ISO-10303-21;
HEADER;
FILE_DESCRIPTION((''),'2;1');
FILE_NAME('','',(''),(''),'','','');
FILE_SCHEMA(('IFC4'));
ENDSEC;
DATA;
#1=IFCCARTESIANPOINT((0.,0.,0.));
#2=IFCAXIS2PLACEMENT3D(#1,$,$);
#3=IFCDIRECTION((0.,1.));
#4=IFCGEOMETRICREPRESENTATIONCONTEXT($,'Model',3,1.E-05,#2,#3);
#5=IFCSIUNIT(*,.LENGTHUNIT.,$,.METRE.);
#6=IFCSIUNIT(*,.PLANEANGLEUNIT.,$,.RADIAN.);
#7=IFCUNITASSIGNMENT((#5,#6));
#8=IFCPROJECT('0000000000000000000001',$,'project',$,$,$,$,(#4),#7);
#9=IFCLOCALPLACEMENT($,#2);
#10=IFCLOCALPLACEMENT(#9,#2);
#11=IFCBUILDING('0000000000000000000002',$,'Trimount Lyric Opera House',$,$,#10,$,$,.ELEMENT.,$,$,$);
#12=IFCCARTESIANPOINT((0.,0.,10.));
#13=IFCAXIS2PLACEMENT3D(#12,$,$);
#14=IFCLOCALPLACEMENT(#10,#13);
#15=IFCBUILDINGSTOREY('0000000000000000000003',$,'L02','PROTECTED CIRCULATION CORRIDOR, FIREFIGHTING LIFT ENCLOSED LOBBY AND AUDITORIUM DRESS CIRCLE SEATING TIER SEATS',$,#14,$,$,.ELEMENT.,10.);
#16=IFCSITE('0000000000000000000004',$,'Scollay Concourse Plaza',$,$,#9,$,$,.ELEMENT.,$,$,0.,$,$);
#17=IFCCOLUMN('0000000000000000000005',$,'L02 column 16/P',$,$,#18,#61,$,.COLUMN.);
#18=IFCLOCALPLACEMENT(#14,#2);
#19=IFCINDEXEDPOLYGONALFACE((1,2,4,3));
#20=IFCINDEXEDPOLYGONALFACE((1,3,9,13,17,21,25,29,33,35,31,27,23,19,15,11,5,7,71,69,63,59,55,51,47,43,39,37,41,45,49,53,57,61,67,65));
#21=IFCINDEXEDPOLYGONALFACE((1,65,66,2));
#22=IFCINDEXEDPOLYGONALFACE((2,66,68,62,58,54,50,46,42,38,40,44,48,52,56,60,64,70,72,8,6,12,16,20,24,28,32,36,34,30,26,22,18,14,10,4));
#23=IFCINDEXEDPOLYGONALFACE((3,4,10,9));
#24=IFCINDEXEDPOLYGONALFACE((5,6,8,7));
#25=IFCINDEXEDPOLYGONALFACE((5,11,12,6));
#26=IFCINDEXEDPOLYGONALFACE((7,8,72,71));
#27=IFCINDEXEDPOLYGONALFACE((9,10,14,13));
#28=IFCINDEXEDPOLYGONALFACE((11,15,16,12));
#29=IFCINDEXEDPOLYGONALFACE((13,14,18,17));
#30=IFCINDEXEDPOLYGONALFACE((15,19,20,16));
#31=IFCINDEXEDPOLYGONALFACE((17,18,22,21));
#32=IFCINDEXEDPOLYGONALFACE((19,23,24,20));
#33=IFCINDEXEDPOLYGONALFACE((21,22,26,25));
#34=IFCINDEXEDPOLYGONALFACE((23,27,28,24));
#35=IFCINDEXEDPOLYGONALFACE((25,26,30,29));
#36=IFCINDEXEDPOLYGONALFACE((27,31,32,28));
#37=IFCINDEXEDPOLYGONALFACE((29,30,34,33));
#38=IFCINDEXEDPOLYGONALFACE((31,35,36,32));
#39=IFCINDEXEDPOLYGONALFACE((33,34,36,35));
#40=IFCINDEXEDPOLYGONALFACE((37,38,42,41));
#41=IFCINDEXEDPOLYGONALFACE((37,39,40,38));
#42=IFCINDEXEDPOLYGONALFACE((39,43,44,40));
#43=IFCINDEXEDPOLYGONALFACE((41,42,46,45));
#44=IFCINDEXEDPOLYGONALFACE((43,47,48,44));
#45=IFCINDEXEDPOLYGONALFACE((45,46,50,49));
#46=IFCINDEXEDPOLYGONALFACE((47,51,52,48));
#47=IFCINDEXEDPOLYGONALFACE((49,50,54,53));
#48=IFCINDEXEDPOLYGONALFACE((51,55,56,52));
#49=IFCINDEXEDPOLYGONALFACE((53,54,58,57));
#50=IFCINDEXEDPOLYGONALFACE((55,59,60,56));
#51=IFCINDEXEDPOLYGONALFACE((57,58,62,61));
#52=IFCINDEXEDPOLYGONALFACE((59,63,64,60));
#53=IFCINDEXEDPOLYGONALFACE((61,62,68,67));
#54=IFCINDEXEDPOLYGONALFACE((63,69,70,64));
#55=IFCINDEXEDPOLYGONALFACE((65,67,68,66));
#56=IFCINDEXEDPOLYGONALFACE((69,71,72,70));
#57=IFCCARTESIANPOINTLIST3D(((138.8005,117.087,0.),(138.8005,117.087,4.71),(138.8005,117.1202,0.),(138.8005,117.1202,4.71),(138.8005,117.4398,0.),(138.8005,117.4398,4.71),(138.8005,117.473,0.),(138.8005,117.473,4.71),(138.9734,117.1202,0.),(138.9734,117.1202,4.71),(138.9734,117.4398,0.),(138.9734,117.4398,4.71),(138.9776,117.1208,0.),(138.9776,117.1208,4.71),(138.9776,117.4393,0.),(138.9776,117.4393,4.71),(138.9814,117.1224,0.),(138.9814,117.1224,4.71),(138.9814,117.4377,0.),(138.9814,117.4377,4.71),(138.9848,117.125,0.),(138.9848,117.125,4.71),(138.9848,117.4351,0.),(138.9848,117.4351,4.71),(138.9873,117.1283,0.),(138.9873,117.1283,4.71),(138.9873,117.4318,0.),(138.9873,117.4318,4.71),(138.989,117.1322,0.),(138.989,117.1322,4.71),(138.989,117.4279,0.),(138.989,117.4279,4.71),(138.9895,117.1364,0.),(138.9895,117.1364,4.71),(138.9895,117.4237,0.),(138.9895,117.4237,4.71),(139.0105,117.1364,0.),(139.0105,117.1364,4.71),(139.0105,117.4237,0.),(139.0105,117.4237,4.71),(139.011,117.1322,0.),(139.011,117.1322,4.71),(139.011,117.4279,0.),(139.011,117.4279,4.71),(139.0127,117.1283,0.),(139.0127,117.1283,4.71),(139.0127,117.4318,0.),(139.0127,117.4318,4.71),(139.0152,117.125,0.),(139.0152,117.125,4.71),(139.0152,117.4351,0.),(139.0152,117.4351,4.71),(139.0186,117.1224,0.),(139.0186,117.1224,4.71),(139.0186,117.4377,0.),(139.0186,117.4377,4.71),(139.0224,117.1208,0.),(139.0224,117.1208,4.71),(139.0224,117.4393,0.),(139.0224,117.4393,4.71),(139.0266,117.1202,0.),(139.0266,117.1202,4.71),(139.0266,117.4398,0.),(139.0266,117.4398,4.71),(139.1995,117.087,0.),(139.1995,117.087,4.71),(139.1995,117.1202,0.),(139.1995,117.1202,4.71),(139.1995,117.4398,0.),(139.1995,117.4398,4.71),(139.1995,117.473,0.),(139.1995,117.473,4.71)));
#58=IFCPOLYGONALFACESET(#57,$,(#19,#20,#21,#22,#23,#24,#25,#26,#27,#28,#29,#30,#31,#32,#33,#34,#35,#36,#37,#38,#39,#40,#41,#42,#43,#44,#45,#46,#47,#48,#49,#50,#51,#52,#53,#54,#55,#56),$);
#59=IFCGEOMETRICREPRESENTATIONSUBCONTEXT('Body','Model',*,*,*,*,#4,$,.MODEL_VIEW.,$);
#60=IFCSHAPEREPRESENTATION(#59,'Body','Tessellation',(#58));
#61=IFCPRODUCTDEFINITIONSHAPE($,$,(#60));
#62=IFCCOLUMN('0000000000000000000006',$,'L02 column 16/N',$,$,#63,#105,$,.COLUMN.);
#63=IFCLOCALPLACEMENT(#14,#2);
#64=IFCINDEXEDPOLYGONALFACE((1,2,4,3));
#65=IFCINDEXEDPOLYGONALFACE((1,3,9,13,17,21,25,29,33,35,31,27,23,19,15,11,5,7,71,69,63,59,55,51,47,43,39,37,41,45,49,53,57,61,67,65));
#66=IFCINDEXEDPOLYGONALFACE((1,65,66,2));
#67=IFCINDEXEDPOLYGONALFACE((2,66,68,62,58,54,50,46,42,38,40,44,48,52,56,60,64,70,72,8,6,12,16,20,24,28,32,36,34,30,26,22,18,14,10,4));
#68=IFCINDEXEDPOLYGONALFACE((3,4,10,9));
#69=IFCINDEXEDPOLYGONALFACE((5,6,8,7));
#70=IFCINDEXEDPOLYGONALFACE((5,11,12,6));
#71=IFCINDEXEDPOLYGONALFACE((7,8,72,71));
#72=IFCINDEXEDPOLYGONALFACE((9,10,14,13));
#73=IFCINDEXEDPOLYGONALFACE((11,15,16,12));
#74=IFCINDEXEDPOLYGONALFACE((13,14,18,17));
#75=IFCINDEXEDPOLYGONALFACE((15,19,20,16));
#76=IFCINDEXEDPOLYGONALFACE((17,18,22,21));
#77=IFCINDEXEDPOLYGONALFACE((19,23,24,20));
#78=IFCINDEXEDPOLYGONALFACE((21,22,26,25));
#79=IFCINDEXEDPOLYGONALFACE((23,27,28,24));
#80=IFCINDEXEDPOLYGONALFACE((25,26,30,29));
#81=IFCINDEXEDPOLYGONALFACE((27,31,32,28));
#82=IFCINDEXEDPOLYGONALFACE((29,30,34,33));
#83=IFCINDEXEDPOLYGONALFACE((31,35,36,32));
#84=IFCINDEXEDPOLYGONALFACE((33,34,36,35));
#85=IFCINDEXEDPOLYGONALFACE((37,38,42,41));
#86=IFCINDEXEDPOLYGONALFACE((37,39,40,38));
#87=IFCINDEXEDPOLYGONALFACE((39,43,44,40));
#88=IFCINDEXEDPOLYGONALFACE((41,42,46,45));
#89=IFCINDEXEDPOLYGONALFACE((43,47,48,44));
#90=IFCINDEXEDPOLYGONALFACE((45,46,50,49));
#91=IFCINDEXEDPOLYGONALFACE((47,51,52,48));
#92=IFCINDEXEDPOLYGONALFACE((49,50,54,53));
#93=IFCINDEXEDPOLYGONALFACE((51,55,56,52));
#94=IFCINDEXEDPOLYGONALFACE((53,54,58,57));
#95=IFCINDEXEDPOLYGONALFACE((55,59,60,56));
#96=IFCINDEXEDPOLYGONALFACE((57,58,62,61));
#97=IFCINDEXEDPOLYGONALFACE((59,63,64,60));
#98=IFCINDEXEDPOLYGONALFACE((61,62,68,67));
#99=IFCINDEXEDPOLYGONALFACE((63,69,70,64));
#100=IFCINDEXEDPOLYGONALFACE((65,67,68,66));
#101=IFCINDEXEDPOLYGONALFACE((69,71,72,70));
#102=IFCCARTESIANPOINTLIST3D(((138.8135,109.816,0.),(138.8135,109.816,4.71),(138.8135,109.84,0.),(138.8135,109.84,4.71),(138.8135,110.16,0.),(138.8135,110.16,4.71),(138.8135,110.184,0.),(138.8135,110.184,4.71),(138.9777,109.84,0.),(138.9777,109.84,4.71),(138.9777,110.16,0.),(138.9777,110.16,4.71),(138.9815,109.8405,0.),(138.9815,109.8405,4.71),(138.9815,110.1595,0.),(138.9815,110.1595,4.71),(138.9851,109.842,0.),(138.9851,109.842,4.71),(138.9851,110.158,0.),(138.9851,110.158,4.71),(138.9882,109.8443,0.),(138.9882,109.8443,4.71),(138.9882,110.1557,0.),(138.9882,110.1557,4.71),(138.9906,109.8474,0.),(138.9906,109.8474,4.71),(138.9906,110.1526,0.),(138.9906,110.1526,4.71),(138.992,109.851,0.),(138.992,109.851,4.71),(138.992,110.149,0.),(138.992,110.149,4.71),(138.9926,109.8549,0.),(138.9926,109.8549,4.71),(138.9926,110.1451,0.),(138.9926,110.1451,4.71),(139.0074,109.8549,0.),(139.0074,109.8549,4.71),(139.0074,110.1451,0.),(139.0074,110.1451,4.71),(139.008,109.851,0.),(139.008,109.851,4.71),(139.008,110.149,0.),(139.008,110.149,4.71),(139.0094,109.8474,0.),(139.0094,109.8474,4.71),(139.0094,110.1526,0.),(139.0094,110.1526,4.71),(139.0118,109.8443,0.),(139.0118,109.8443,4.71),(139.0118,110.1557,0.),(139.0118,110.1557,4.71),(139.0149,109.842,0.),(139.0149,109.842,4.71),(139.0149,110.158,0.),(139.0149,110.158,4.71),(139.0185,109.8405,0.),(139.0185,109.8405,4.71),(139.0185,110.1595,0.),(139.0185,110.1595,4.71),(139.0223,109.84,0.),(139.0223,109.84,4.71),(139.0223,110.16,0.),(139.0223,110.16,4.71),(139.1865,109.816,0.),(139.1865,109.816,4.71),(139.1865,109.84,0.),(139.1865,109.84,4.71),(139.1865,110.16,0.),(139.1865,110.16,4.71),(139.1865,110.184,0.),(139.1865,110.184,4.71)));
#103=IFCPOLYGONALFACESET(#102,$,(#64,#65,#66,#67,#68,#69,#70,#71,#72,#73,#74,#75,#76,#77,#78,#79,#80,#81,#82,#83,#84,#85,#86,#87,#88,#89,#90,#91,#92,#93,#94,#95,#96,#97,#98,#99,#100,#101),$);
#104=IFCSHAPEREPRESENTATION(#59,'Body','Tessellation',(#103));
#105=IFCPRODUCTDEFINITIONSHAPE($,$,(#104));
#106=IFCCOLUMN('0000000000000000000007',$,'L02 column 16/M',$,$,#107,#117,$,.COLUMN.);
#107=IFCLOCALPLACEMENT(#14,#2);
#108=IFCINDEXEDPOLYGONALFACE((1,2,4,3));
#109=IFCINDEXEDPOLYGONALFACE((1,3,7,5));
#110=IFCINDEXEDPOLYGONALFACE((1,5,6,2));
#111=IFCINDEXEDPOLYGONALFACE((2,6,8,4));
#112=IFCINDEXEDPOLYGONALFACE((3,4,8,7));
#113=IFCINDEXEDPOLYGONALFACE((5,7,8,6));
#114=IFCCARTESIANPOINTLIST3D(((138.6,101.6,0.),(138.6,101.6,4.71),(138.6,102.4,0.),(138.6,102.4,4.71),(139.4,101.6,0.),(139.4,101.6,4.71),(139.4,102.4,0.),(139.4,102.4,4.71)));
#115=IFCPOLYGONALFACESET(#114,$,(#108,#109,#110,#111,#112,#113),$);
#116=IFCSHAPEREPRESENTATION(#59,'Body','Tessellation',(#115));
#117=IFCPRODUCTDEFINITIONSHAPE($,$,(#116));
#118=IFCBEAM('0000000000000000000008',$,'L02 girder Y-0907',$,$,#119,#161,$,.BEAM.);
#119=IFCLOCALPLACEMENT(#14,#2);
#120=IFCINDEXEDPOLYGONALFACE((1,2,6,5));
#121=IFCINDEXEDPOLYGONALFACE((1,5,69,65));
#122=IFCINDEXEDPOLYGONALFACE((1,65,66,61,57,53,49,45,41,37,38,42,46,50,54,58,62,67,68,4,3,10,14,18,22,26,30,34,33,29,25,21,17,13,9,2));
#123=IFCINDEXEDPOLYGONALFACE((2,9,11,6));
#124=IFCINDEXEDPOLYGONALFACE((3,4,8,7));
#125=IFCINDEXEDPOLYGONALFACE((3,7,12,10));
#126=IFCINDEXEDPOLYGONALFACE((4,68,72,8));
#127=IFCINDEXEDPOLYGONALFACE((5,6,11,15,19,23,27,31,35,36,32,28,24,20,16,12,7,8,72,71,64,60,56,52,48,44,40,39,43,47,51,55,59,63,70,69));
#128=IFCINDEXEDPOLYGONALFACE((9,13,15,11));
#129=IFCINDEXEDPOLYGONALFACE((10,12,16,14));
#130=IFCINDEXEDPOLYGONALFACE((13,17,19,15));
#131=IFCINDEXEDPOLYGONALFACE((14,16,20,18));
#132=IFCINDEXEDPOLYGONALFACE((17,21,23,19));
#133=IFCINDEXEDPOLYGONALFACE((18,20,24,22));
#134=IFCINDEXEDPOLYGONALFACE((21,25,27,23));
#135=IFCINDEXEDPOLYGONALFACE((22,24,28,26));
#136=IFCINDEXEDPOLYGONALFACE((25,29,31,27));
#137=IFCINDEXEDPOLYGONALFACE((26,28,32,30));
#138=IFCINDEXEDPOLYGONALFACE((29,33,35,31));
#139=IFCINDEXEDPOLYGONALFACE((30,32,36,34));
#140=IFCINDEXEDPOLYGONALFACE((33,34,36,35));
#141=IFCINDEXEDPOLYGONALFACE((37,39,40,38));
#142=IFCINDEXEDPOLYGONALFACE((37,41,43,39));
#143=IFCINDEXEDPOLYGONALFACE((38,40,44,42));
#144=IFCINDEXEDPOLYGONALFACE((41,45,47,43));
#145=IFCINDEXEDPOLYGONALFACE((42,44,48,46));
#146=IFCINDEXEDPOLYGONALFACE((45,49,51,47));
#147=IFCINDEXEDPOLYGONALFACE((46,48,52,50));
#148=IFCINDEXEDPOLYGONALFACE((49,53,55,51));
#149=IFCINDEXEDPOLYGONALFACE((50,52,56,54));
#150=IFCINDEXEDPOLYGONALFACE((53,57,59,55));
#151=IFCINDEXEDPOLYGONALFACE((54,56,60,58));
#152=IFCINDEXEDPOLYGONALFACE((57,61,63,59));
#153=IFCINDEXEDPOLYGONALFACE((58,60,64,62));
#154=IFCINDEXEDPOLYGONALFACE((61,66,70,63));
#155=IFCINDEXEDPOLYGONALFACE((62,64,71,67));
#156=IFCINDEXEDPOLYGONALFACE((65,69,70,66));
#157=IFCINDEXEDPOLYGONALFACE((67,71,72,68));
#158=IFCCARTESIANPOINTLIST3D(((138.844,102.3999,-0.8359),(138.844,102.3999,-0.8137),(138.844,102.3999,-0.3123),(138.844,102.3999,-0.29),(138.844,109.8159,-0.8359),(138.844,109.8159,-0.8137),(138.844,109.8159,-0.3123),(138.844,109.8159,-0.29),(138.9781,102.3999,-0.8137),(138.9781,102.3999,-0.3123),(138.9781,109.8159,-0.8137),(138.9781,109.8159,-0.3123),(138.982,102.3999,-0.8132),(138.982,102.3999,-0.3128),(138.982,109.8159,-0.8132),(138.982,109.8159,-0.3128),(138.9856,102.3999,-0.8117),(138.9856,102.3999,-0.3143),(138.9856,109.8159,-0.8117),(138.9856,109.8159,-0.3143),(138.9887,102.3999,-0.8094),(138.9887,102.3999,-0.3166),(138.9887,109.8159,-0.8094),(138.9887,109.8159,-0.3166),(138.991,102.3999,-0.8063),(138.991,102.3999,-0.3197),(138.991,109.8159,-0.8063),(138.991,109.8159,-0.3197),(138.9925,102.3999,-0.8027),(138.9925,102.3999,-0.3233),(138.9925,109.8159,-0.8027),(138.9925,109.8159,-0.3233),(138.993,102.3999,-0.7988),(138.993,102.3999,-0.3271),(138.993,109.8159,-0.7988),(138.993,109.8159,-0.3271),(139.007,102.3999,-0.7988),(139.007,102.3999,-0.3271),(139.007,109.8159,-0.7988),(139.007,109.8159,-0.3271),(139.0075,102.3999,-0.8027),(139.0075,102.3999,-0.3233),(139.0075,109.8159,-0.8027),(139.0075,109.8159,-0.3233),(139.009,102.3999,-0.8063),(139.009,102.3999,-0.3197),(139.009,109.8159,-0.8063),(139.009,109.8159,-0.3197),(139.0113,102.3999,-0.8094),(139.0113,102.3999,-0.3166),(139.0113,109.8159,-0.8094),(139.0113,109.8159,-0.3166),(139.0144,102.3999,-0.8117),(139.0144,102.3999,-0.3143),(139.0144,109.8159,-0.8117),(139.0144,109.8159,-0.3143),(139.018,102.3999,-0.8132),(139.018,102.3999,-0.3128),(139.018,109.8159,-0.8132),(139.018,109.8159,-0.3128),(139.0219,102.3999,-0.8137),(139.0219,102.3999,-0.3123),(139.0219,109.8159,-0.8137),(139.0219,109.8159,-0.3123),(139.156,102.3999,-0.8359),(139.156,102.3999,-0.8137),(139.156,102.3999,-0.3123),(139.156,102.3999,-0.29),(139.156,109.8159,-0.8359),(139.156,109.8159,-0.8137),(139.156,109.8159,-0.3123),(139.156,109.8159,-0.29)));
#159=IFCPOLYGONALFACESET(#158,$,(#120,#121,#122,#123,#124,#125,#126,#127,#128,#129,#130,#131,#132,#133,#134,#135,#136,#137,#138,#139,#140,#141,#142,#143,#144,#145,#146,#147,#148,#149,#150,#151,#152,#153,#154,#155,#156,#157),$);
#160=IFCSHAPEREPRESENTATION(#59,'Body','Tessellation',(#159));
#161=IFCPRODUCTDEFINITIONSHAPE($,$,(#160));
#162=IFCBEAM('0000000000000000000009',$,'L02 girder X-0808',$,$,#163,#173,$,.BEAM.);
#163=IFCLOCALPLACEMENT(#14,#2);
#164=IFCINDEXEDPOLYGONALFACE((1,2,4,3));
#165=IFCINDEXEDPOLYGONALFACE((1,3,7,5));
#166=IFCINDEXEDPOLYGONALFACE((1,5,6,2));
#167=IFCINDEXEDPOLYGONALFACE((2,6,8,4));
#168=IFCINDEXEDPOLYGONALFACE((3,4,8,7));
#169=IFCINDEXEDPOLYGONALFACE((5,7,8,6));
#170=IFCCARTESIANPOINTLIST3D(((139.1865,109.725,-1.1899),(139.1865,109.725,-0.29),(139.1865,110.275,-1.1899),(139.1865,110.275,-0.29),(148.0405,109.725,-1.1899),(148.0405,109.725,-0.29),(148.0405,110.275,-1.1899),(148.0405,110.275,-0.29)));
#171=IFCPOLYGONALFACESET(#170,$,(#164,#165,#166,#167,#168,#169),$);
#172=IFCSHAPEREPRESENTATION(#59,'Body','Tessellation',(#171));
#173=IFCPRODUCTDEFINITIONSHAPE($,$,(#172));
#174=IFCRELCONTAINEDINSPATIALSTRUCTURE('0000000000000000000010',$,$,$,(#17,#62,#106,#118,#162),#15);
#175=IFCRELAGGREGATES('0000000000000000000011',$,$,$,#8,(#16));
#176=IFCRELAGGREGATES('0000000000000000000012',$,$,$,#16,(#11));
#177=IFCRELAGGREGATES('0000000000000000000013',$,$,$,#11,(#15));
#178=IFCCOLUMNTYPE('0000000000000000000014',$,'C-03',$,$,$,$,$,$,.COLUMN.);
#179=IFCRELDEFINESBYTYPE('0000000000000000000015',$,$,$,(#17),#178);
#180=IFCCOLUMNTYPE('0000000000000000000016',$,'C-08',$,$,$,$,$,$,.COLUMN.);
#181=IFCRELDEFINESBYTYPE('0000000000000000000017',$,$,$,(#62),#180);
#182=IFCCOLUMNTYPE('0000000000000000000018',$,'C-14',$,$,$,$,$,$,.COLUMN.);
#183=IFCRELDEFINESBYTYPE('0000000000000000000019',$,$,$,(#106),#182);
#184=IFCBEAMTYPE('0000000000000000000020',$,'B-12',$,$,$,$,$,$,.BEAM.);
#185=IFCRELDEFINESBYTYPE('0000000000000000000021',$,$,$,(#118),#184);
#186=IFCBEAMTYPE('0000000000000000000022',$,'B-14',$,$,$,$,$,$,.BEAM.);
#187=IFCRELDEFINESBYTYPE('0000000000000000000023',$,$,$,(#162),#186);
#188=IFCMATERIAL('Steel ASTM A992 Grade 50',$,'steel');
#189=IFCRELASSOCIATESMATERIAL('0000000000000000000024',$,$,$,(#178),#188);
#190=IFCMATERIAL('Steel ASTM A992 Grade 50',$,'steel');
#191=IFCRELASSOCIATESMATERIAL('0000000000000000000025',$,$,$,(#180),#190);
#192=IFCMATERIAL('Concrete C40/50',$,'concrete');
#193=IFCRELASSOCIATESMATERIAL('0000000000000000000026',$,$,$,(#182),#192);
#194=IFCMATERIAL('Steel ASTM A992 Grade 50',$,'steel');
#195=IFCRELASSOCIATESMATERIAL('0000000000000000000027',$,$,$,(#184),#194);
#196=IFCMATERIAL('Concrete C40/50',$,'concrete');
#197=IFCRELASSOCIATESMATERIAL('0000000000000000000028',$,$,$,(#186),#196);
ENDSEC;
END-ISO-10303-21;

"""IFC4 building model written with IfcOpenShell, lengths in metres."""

from ifc_helpers import new_model, si_unit, direction, frame, origin, origin_2d, place, context, subcontext, project, spatial, rectangle, i_section, extrude, material, material_profile, profile_set, type_object, element, save


model = new_model("IFC4")

# Units and contexts
model_context = context("Model", 3, precision=1e-05, world=origin(), true_north=direction((0.0, 1.0)))
body_context = subcontext(model_context, "Body", "Model", "MODEL_VIEW")
ifc_project = project(units=[si_unit("LENGTHUNIT", "METRE"), si_unit("PLANEANGLEUNIT", "RADIAN")], contexts=[model_context])

# Site, building, storey
site_placement = place(None, origin())
site = spatial("IfcSite", under=ifc_project, at=site_placement, Name="Scollay Concourse Plaza", CompositionType="ELEMENT", RefElevation=0.0)
building_placement = place(site_placement, origin())
building = spatial("IfcBuilding", under=site, at=building_placement, Name="Trimount Lyric Opera House", CompositionType="ELEMENT")
storey_placement = place(building_placement, frame((0.0, 0.0, 10.0)))
storey = spatial("IfcBuildingStorey", under=building, at=storey_placement, Name="L02", Description="PROTECTED CIRCULATION CORRIDOR, FIREFIGHTING LIFT ENCLOSED LOBBY AND AUDITORIUM DRESS CIRCLE SEATING TIER SEATS", CompositionType="ELEMENT", Elevation=10.0)

# Columns
ifc_material_1 = material(Name="Steel ASTM A992 Grade 50", Category="steel")
ifc_material_profile_1 = material_profile(ifc_material_1, i_section(OverallWidth=0.3989, OverallDepth=0.386, WebThickness=0.021, FlangeThickness=0.0332, FilletRadius=0.0161, at=origin_2d()), Name="W14X176")
ifc_profile_set_1 = profile_set([ifc_material_profile_1], Name="Steel ASTM A992 Grade 50")
column_type_1 = type_object("IfcColumnType", Name="C-03", PredefinedType="COLUMN", material=ifc_profile_set_1)
column_1_placement = place(storey_placement, frame((139.0, 117.28, 0.0), z_axis=(0.0, 0.0, 1.0), x_axis=(1.0, 0.0, 0.0)))
element("IfcColumn", 1, at=column_1_placement, inside=storey, type_object=column_type_1, Name="L02 column 16/P", PredefinedType="COLUMN", context=body_context, shape_type="SweptSolid", body=[
    extrude(i_section(OverallWidth=0.3989, OverallDepth=0.386, WebThickness=0.021, FlangeThickness=0.0332, FilletRadius=0.0161, at=origin_2d()), origin(), (0.0, 0.0, 1.0), 4.71),
])
ifc_material_2 = material(Name="Steel ASTM A992 Grade 50", Category="steel")
ifc_material_profile_2 = material_profile(ifc_material_2, i_section(OverallWidth=0.373, OverallDepth=0.3679, WebThickness=0.0149, FlangeThickness=0.0239, FilletRadius=0.0149, at=origin_2d()), Name="W14X120")
ifc_profile_set_2 = profile_set([ifc_material_profile_2], Name="Steel ASTM A992 Grade 50")
column_type_2 = type_object("IfcColumnType", Name="C-08", PredefinedType="COLUMN", material=ifc_profile_set_2)
column_2_placement = place(storey_placement, frame((139.0, 110.0, 0.0), z_axis=(0.0, 0.0, 1.0), x_axis=(1.0, 0.0, 0.0)))
element("IfcColumn", 2, at=column_2_placement, inside=storey, type_object=column_type_2, Name="L02 column 16/N", PredefinedType="COLUMN", context=body_context, shape_type="SweptSolid", body=[
    extrude(i_section(OverallWidth=0.373, OverallDepth=0.3679, WebThickness=0.0149, FlangeThickness=0.0239, FilletRadius=0.0149, at=origin_2d()), origin(), (0.0, 0.0, 1.0), 4.71),
])
ifc_material_3 = material(Name="Concrete C40/50", Category="concrete")
ifc_material_profile_3 = material_profile(ifc_material_3, rectangle(XDim=0.8, YDim=0.8, at=origin_2d()), Name="RC800X800")
ifc_profile_set_3 = profile_set([ifc_material_profile_3], Name="Concrete C40/50")
column_type_3 = type_object("IfcColumnType", Name="C-14", PredefinedType="COLUMN", material=ifc_profile_set_3)
column_3_placement = place(storey_placement, frame((139.0, 102.0, 0.0), z_axis=(0.0, 0.0, 1.0), x_axis=(1.0, 0.0, 0.0)))
element("IfcColumn", 3, at=column_3_placement, inside=storey, type_object=column_type_3, Name="L02 column 16/M", PredefinedType="COLUMN", context=body_context, shape_type="SweptSolid", body=[
    extrude(rectangle(XDim=0.8, YDim=0.8, at=origin_2d()), origin(), (0.0, 0.0, 1.0), 4.71),
])

# Beams
ifc_material_4 = material(Name="Steel ASTM A992 Grade 50", Category="steel")
ifc_material_profile_4 = material_profile(ifc_material_4, i_section(OverallWidth=0.312, OverallDepth=0.5459, WebThickness=0.0139, FlangeThickness=0.0222, FilletRadius=0.0149, at=origin_2d()), Name="W21X111")
ifc_profile_set_4 = profile_set([ifc_material_profile_4], Name="Steel ASTM A992 Grade 50")
beam_type_1 = type_object("IfcBeamType", Name="B-12", PredefinedType="BEAM", material=ifc_profile_set_4)
beam_1_placement = place(storey_placement, frame((139.0, 102.3999, -0.563), z_axis=(0.0, 1.0, 0.0), x_axis=(-1.0, 0.0, 0.0)))
element("IfcBeam", 4, at=beam_1_placement, inside=storey, type_object=beam_type_1, Name="L02 girder Y-0907", PredefinedType="BEAM", context=body_context, shape_type="SweptSolid", body=[
    extrude(i_section(OverallWidth=0.312, OverallDepth=0.5459, WebThickness=0.0139, FlangeThickness=0.0222, FilletRadius=0.0149, at=origin_2d()), origin(), (0.0, 0.0, 1.0), 7.416),
])
ifc_material_5 = material(Name="Concrete C40/50", Category="concrete")
ifc_material_profile_5 = material_profile(ifc_material_5, rectangle(XDim=0.55, YDim=0.8999, at=origin_2d()), Name="RC550X900")
ifc_profile_set_5 = profile_set([ifc_material_profile_5], Name="Concrete C40/50")
beam_type_2 = type_object("IfcBeamType", Name="B-14", PredefinedType="BEAM", material=ifc_profile_set_5)
beam_2_placement = place(storey_placement, frame((139.1865, 110.0, -0.74), z_axis=(1.0, 0.0, 0.0), x_axis=(0.0, 1.0, 0.0)))
element("IfcBeam", 5, at=beam_2_placement, inside=storey, type_object=beam_type_2, Name="L02 girder X-0808", PredefinedType="BEAM", context=body_context, shape_type="SweptSolid", body=[
    extrude(rectangle(XDim=0.55, YDim=0.8999, at=origin_2d()), origin(), (0.0, 0.0, 1.0), 8.854),
])

save(model, "model.ifc")
